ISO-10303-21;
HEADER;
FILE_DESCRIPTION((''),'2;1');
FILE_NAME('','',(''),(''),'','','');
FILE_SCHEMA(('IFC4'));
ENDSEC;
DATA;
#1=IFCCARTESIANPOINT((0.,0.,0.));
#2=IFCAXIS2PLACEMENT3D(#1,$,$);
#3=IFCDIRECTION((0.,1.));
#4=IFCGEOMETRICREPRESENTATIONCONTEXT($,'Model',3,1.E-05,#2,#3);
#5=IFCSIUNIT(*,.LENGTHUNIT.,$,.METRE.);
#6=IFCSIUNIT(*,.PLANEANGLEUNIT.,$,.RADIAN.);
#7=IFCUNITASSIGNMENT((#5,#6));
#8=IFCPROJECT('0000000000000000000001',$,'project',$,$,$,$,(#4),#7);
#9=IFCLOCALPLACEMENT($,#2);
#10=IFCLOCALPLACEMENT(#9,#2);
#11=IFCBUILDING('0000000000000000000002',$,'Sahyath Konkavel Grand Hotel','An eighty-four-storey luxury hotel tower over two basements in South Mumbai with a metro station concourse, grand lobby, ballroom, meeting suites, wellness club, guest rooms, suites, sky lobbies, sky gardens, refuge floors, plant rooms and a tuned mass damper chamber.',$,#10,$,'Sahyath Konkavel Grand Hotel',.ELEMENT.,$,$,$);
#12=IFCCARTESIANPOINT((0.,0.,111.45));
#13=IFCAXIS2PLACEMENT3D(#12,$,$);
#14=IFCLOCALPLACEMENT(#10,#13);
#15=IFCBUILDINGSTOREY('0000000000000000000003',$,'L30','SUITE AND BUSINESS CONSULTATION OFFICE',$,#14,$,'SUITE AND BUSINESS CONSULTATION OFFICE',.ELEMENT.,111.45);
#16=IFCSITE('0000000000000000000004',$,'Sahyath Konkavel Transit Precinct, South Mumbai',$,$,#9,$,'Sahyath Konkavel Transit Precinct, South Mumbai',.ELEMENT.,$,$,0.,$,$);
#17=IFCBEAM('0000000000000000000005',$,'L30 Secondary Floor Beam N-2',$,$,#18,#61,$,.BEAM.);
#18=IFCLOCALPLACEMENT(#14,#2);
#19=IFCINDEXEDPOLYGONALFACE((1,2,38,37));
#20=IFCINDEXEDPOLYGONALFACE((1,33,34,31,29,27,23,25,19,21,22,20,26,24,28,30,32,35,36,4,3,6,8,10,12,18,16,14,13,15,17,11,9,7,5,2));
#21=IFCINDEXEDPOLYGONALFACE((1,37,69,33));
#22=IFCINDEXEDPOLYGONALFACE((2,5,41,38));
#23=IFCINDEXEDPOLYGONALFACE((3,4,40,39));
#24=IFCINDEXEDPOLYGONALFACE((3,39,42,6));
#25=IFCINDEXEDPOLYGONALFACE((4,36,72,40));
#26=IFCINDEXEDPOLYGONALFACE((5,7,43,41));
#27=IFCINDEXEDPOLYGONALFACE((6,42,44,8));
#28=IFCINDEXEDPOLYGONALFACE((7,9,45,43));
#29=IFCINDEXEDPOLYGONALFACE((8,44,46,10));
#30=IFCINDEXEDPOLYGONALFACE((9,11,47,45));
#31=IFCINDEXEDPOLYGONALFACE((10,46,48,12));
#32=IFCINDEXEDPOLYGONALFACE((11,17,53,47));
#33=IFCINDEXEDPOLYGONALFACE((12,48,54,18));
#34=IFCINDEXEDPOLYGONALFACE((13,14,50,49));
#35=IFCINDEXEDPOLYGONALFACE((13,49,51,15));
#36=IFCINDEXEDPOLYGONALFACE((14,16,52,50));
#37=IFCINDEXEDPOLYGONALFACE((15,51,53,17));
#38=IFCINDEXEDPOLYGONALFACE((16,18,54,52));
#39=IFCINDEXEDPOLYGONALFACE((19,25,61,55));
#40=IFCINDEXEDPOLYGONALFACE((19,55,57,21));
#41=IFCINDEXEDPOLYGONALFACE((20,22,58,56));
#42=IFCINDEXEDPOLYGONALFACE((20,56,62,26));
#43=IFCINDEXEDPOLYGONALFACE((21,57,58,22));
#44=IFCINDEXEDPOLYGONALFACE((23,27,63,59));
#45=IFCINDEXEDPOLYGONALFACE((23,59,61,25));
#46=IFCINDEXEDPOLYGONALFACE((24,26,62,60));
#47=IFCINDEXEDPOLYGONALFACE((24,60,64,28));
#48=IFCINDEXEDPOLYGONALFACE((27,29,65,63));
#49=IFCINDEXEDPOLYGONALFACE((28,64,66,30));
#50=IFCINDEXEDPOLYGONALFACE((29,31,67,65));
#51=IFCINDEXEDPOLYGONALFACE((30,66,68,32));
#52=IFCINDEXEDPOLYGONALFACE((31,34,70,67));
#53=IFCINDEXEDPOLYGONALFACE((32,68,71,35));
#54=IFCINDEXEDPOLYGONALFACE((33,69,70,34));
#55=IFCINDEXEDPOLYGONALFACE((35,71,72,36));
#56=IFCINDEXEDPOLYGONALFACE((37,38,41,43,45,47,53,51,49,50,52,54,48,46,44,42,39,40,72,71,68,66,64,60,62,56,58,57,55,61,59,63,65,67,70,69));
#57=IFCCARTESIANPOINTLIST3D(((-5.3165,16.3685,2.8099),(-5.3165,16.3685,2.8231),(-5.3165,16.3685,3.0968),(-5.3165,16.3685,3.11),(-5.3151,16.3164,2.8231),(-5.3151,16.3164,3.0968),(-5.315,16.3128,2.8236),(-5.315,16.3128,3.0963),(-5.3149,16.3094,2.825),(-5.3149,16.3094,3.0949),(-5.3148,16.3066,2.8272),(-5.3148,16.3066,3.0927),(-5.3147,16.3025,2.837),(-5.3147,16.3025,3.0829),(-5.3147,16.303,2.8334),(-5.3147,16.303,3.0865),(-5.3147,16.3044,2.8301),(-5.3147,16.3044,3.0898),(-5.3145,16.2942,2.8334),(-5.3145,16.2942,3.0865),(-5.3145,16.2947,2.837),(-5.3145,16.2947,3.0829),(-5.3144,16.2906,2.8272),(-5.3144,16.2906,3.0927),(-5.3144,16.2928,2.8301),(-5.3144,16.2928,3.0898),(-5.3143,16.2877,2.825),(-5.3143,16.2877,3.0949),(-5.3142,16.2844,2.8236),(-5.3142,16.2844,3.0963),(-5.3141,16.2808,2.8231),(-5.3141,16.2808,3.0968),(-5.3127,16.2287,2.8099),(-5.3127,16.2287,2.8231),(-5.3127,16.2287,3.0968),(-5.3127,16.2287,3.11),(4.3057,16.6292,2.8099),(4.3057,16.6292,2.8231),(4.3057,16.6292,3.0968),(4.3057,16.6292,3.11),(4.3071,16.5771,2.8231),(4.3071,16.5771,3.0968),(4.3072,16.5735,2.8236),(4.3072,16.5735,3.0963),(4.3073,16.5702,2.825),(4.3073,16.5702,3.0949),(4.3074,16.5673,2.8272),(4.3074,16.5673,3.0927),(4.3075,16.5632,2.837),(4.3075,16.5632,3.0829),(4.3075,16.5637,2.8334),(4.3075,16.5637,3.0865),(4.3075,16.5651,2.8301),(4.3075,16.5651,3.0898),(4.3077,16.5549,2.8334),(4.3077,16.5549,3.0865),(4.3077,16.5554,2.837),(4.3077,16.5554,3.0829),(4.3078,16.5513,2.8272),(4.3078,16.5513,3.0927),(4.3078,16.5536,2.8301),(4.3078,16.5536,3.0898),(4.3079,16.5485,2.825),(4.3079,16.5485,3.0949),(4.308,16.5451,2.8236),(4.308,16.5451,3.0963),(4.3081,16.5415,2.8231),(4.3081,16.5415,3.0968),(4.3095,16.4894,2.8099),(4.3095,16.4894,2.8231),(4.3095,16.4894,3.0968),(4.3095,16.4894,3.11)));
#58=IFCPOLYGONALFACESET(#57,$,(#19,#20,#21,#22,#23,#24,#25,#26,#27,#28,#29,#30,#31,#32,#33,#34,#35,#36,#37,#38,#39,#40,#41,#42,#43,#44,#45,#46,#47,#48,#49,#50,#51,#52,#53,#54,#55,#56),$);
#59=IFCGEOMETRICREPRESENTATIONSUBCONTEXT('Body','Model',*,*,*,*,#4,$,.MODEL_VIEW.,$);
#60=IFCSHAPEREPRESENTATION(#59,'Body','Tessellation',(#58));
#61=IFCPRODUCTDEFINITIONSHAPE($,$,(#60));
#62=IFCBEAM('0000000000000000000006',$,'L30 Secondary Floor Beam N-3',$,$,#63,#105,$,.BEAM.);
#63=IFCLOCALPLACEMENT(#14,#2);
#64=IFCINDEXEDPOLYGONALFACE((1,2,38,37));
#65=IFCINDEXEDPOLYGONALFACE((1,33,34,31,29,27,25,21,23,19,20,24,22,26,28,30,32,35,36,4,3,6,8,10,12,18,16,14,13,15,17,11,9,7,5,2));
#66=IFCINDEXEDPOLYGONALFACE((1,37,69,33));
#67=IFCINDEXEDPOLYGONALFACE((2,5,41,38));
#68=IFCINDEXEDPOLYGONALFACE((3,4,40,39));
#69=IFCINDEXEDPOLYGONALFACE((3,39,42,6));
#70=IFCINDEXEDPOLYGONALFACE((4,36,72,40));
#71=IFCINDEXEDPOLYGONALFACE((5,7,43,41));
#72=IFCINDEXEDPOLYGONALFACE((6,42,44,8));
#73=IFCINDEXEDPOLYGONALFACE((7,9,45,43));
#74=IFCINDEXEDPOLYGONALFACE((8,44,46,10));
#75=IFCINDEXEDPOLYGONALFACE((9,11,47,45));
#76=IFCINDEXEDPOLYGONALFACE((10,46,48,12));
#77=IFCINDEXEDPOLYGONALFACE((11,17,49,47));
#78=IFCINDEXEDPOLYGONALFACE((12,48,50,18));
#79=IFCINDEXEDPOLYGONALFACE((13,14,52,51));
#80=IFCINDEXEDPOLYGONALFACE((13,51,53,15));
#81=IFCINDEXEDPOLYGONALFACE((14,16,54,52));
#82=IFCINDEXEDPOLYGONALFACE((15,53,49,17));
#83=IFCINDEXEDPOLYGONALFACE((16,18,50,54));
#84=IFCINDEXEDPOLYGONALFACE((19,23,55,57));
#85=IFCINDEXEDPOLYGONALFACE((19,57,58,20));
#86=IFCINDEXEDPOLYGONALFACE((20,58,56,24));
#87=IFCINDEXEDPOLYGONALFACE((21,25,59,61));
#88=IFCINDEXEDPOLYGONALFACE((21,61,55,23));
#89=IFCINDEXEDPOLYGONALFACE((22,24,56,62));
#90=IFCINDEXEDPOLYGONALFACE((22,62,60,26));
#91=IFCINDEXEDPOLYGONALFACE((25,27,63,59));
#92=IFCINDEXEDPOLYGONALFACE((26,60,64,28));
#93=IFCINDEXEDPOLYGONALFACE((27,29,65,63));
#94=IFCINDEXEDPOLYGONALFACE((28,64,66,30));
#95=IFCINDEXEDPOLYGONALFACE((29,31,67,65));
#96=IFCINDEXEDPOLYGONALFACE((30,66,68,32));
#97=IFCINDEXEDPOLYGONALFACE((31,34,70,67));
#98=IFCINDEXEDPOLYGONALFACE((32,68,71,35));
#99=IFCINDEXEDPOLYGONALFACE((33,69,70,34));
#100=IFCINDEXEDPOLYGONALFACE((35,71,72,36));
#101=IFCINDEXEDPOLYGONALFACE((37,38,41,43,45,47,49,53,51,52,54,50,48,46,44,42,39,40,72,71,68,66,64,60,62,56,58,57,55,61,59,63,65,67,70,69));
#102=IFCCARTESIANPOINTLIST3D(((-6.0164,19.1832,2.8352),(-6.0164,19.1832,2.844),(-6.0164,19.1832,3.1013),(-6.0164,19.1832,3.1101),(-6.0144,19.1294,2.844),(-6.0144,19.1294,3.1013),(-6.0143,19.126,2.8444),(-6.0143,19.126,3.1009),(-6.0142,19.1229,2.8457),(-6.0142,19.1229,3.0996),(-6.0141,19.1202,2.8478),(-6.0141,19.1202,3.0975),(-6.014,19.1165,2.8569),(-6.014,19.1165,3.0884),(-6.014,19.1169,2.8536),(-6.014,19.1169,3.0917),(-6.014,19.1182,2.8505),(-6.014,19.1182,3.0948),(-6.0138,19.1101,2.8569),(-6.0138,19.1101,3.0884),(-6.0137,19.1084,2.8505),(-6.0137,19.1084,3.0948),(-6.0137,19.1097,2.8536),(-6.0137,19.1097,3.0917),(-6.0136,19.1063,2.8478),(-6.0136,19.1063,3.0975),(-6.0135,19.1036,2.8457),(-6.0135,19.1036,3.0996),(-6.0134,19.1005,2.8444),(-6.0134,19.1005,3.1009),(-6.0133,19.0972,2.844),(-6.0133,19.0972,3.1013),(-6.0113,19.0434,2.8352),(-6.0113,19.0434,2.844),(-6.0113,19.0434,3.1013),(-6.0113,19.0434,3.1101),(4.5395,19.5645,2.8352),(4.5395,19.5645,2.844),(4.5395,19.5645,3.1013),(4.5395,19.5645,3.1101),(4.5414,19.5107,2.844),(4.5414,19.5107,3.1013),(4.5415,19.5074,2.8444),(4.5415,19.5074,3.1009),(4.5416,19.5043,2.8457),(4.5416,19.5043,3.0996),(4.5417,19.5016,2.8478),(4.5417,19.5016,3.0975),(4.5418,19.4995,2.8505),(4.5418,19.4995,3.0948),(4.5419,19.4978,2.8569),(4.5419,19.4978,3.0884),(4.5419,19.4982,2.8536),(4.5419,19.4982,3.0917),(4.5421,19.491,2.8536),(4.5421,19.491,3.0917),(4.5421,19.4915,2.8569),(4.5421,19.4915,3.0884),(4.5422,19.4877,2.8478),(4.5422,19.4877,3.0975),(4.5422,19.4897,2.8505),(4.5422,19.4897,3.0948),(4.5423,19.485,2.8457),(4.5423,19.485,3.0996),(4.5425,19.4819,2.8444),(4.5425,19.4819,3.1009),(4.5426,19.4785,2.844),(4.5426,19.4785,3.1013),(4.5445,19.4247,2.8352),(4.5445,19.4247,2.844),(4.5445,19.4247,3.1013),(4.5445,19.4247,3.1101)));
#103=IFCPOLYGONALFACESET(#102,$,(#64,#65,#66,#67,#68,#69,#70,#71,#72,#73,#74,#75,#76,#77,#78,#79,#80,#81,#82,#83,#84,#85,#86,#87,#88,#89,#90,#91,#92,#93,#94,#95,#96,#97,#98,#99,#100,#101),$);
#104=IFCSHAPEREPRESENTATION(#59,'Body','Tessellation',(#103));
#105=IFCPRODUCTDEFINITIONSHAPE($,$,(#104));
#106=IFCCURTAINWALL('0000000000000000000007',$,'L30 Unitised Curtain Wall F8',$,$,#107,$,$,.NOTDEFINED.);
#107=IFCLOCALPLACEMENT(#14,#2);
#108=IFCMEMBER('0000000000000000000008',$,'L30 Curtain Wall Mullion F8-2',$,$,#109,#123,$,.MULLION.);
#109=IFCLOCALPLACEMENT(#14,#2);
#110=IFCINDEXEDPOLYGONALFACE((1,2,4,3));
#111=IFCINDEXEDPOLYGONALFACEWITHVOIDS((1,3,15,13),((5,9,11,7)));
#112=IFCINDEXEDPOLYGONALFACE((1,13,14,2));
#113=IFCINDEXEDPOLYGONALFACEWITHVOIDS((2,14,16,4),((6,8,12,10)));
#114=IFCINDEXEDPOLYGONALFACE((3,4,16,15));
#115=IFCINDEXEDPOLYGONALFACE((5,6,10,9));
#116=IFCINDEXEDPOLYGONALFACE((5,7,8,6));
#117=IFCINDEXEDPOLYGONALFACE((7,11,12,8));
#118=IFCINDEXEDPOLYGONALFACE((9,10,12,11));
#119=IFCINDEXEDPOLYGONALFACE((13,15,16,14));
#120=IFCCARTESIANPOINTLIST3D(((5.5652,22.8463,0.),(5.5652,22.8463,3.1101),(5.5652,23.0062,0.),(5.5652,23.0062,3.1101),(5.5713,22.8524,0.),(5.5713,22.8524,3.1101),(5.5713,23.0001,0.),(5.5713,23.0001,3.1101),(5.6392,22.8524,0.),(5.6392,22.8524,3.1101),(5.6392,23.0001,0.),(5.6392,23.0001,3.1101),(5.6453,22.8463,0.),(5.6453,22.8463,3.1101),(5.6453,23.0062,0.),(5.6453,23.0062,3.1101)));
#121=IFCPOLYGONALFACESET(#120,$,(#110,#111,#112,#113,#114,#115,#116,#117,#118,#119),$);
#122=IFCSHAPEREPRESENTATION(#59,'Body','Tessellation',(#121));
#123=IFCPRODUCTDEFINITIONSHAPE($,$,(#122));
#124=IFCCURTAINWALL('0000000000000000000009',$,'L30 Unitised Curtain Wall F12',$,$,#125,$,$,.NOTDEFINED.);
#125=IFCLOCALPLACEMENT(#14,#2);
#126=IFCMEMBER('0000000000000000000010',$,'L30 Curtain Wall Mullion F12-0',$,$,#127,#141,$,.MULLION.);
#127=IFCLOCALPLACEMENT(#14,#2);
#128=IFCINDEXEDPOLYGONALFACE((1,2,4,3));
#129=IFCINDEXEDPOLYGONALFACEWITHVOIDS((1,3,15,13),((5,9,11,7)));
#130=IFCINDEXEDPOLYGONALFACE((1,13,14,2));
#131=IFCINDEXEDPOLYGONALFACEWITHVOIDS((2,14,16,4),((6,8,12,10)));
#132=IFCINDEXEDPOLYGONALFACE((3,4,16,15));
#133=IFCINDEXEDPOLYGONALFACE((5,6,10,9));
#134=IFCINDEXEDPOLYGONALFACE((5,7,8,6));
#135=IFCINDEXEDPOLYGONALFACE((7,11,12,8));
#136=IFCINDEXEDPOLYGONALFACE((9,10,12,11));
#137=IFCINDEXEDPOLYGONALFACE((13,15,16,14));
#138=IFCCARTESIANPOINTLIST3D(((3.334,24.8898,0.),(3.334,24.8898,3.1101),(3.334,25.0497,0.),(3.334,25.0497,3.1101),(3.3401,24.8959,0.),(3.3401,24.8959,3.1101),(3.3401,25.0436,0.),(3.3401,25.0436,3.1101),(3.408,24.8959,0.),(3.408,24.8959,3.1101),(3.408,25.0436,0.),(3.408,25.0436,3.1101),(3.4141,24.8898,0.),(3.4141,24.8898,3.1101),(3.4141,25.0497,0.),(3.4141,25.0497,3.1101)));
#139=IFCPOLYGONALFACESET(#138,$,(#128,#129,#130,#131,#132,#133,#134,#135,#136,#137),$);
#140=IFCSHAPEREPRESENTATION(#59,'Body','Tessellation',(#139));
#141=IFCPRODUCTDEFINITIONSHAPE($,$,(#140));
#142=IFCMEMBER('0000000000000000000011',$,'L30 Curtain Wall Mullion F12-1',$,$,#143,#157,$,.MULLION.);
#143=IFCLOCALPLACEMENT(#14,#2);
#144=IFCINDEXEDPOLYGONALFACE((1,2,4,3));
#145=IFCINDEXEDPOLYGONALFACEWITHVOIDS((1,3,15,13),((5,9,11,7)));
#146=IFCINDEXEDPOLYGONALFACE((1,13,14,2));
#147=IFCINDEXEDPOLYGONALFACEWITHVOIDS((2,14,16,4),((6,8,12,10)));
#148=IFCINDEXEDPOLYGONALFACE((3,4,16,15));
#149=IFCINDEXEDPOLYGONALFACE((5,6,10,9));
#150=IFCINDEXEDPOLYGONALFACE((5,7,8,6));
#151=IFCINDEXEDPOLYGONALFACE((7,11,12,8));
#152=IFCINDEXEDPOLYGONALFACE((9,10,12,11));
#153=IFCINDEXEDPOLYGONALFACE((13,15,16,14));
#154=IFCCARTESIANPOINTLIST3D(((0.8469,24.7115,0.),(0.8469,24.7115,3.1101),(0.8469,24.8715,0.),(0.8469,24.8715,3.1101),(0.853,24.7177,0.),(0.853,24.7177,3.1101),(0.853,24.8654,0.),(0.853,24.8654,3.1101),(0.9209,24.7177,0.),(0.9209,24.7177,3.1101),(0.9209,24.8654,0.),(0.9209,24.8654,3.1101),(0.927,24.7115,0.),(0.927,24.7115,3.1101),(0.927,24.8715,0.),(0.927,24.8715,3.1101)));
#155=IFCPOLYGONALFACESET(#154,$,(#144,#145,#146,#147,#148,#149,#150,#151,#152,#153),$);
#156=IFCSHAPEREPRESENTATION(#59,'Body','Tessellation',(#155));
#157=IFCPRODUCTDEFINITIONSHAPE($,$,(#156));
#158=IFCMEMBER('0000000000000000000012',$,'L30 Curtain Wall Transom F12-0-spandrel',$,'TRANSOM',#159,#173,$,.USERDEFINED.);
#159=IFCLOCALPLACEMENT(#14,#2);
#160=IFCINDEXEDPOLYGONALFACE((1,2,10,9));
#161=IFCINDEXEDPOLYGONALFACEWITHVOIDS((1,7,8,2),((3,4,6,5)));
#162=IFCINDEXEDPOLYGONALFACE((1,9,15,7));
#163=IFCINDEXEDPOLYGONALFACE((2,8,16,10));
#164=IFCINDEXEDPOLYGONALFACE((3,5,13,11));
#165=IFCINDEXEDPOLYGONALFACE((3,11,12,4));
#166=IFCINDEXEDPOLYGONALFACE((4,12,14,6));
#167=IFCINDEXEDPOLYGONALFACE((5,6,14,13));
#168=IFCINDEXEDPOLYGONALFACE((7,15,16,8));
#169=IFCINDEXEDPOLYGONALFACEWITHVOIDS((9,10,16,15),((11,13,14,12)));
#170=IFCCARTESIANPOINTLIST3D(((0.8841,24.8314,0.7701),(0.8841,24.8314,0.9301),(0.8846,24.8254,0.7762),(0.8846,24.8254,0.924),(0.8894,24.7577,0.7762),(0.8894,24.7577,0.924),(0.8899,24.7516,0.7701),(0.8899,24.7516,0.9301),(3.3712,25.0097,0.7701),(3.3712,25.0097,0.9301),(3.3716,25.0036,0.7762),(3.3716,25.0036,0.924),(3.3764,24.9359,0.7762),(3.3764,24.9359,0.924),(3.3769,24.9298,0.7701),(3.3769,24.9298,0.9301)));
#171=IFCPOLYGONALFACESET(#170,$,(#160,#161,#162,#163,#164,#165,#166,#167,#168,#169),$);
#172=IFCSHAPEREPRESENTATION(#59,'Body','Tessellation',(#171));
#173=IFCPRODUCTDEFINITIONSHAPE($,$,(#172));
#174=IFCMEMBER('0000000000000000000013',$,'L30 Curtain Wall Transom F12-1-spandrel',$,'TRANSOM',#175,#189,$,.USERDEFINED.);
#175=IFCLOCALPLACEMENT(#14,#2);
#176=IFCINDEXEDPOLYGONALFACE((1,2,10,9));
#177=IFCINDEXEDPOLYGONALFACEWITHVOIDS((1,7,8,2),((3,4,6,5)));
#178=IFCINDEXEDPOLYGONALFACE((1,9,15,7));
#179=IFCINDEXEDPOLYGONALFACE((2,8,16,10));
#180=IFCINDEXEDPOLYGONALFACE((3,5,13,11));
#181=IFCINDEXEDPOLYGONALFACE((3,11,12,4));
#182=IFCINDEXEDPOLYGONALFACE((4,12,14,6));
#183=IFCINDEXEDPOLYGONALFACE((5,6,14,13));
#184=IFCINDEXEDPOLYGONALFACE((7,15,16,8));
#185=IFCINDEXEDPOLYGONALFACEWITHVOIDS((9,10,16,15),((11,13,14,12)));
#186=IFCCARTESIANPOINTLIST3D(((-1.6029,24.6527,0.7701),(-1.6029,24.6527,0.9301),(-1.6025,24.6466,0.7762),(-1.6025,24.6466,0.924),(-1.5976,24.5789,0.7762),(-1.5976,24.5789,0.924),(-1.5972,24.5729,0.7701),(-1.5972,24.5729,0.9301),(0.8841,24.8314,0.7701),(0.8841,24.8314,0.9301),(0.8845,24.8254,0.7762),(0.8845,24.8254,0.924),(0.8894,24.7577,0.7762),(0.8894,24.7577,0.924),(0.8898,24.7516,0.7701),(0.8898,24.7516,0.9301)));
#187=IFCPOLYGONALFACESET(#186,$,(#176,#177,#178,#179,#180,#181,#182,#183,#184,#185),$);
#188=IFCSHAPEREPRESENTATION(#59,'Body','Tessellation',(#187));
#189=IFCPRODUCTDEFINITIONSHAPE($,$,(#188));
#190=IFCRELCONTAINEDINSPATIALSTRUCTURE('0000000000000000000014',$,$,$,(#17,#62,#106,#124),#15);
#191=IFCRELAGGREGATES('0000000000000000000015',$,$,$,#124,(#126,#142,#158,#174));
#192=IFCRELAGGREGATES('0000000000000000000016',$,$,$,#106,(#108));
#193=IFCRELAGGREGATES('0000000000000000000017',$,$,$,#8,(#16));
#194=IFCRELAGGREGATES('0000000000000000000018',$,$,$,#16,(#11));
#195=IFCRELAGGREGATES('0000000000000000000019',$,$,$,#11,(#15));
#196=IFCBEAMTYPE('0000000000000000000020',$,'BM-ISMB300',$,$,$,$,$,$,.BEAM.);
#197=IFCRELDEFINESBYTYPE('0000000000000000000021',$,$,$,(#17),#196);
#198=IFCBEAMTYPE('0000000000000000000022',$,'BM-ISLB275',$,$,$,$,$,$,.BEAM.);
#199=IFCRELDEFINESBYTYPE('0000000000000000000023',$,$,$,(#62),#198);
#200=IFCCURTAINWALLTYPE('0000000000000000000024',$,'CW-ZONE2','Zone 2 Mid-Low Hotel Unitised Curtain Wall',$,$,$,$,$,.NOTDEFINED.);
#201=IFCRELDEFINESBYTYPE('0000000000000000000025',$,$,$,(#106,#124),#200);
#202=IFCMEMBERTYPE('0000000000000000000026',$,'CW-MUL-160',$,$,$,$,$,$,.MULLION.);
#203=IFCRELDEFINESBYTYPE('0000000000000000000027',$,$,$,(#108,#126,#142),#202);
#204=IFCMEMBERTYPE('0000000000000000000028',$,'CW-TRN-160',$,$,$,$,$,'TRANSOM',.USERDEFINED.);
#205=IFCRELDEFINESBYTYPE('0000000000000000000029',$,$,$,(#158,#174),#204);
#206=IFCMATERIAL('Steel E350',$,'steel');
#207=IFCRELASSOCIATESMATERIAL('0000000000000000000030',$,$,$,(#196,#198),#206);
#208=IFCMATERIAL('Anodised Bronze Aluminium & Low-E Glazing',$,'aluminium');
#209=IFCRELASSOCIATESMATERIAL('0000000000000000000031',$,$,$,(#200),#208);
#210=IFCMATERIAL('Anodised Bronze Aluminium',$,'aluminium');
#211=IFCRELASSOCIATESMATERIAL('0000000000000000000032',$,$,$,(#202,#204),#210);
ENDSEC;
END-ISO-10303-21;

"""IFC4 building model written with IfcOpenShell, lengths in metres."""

from ifc_helpers import new_model, si_unit, direction, frame, origin, origin_2d, place, context, subcontext, project, spatial, hollow_rectangle, i_section, extrude, source, transform, mapped, material, material_profile, profile_set, type_object, element, aggregate, save


model = new_model("IFC4")

# Units and contexts
model_context = context("Model", 3, precision=1e-05, world=origin(), true_north=direction((0.0, 1.0)))
body_context = subcontext(model_context, "Body", "Model", "MODEL_VIEW")
ifc_project = project(units=[si_unit("LENGTHUNIT", "METRE"), si_unit("PLANEANGLEUNIT", "RADIAN")], contexts=[model_context])

# Site, building, storey
site_placement = place(None, origin())
site = spatial("IfcSite", under=ifc_project, at=site_placement, Name="Sahyath Konkavel Transit Precinct, South Mumbai", LongName="Sahyath Konkavel Transit Precinct, South Mumbai", CompositionType="ELEMENT", RefElevation=0.0)
building_placement = place(site_placement, origin())
building = spatial("IfcBuilding", under=site, at=building_placement, Name="Sahyath Konkavel Grand Hotel", Description="An eighty-four-storey luxury hotel tower over two basements in South Mumbai with a metro station concourse, grand lobby, ballroom, meeting suites, wellness club, guest rooms, suites, sky lobbies, sky gardens, refuge floors, plant rooms and a tuned mass damper chamber.", LongName="Sahyath Konkavel Grand Hotel", CompositionType="ELEMENT")
storey_placement = place(building_placement, frame((0.0, 0.0, 111.45)))
storey = spatial("IfcBuildingStorey", under=building, at=storey_placement, Name="L30", Description="SUITE AND BUSINESS CONSULTATION OFFICE", LongName="SUITE AND BUSINESS CONSULTATION OFFICE", CompositionType="ELEMENT", Elevation=111.45)

# Beams
ifc_material_1 = material(Name="Steel E350", Category="steel")
ifc_material_profile_1 = material_profile(ifc_material_1, i_section(OverallWidth=0.1399, OverallDepth=0.3, WebThickness=0.0078, FlangeThickness=0.0132, FilletRadius=0.0139, at=origin_2d()), Name="ISMB 300")
ifc_profile_set_1 = profile_set([ifc_material_profile_1], Name="Steel E350")
beam_type_1 = type_object("IfcBeamType", Name="BM-ISMB300", PredefinedType="BEAM", material=ifc_profile_set_1)
shared_shape_1 = source(origin(), body_context, "Body", "SweptSolid", [
    extrude(i_section(OverallWidth=0.1399, OverallDepth=0.3, WebThickness=0.0078, FlangeThickness=0.0132, FilletRadius=0.0139, at=origin_2d()), origin(), (0.0, 0.0, 1.0), 9.6257),
])
beam_1_placement = place(storey_placement, frame((4.3076, 16.5593, 2.96), z_axis=(-0.999633, -0.027088, 0.0), x_axis=(0.027088, -0.999633, 0.0)))
element("IfcBeam", 1, at=beam_1_placement, inside=storey, type_object=beam_type_1, Name="L30 Secondary Floor Beam N-2", PredefinedType="BEAM", context=body_context, shape_type="MappedRepresentation", body=[
    mapped(shared_shape_1, transform((0.0, 0.0, 0.0), scale=1.0)),
])
ifc_material_profile_2 = material_profile(ifc_material_1, i_section(OverallWidth=0.1399, OverallDepth=0.2749, WebThickness=0.0063, FlangeThickness=0.0088, FilletRadius=0.0129, at=origin_2d()), Name="ISLB 275")
ifc_profile_set_2 = profile_set([ifc_material_profile_2], Name="Steel E350")
beam_type_2 = type_object("IfcBeamType", Name="BM-ISLB275", PredefinedType="BEAM", material=ifc_profile_set_2)
shared_shape_2 = source(origin(), body_context, "Body", "SweptSolid", [
    extrude(i_section(OverallWidth=0.1399, OverallDepth=0.2749, WebThickness=0.0063, FlangeThickness=0.0088, FilletRadius=0.0129, at=origin_2d()), origin(), (0.0, 0.0, 1.0), 10.5627),
])
beam_2_placement = place(storey_placement, frame((4.542, 19.4946, 2.9727), z_axis=(-0.999348, -0.036103, 0.0), x_axis=(0.036103, -0.999348, 0.0)))
element("IfcBeam", 2, at=beam_2_placement, inside=storey, type_object=beam_type_2, Name="L30 Secondary Floor Beam N-3", PredefinedType="BEAM", context=body_context, shape_type="MappedRepresentation", body=[
    mapped(shared_shape_2, transform((0.0, 0.0, 0.0), scale=1.0)),
])

# Curtain wall, member
ifc_material_2 = material(Name="Anodised Bronze Aluminium & Low-E Glazing", Category="aluminium")
curtain_wall_type = type_object("IfcCurtainWallType", Name="CW-ZONE2", Description="Zone 2 Mid-Low Hotel Unitised Curtain Wall", PredefinedType="NOTDEFINED", material=ifc_material_2)
curtain_wall_1_placement = place(storey_placement, origin())
curtain_wall_1 = element("IfcCurtainWall", 3, at=curtain_wall_1_placement, inside=storey, type_object=curtain_wall_type, Name="L30 Unitised Curtain Wall F8", PredefinedType="NOTDEFINED")
ifc_material_3 = material(Name="Anodised Bronze Aluminium", Category="aluminium")
ifc_material_profile_3 = material_profile(ifc_material_3, hollow_rectangle(XDim=0.0801, YDim=0.1599, WallThickness=0.0061, at=origin_2d()), Name="RHS 160x80x6")
ifc_profile_set_3 = profile_set([ifc_material_profile_3], Name="Anodised Bronze Aluminium")
member_type_1 = type_object("IfcMemberType", Name="CW-MUL-160", PredefinedType="MULLION", material=ifc_profile_set_3)
shared_shape_3 = source(origin(), body_context, "Body", "SweptSolid", [
    extrude(hollow_rectangle(XDim=0.0801, YDim=0.1599, WallThickness=0.0061, at=origin_2d()), origin(), (0.0, 0.0, 1.0), 3.1101),
])
member_1_placement = place(storey_placement, frame((5.6052, 22.9263, 0.0), z_axis=(0.0, 0.0, 1.0), x_axis=(1.0, 0.0, 0.0)))
member_1 = element("IfcMember", 4, at=member_1_placement, type_object=member_type_1, Name="L30 Curtain Wall Mullion F8-2", PredefinedType="MULLION", context=body_context, shape_type="MappedRepresentation", body=[
    mapped(shared_shape_3, transform((0.0, 0.0, 0.0), scale=1.0)),
])

# Curtain wall, members
curtain_wall_2_placement = place(storey_placement, origin())
curtain_wall_2 = element("IfcCurtainWall", 5, at=curtain_wall_2_placement, inside=storey, type_object=curtain_wall_type, Name="L30 Unitised Curtain Wall F12", PredefinedType="NOTDEFINED")
member_2_placement = place(storey_placement, frame((3.374, 24.9697, 0.0), z_axis=(0.0, 0.0, 1.0), x_axis=(1.0, 0.0, 0.0)))
member_2 = element("IfcMember", 6, at=member_2_placement, type_object=member_type_1, Name="L30 Curtain Wall Mullion F12-0", PredefinedType="MULLION", context=body_context, shape_type="MappedRepresentation", body=[
    mapped(shared_shape_3, transform((0.0, 0.0, 0.0), scale=1.0)),
])
member_3_placement = place(storey_placement, frame((0.887, 24.7915, 0.0), z_axis=(0.0, 0.0, 1.0), x_axis=(1.0, 0.0, 0.0)))
member_3 = element("IfcMember", 7, at=member_3_placement, type_object=member_type_1, Name="L30 Curtain Wall Mullion F12-1", PredefinedType="MULLION", context=body_context, shape_type="MappedRepresentation", body=[
    mapped(shared_shape_3, transform((0.0, 0.0, 0.0), scale=1.0)),
])
ifc_material_profile_4 = material_profile(ifc_material_3, hollow_rectangle(XDim=0.0801, YDim=0.1599, WallThickness=0.0061, at=origin_2d()), Name="RHS 160x80x6")
ifc_profile_set_4 = profile_set([ifc_material_profile_4], Name="Anodised Bronze Aluminium")
member_type_2 = type_object("IfcMemberType", Name="CW-TRN-160", ElementType="TRANSOM", PredefinedType="USERDEFINED", material=ifc_profile_set_4)
shared_shape_4 = source(origin(), body_context, "Body", "SweptSolid", [
    extrude(hollow_rectangle(XDim=0.0801, YDim=0.1599, WallThickness=0.0061, at=origin_2d()), origin(), (0.0, 0.0, 1.0), 2.4934),
])
member_4_placement = place(storey_placement, frame((3.374, 24.9697, 0.8501), z_axis=(-0.997442, -0.071477, 0.0), x_axis=(0.071477, -0.997442, 0.0)))
member_4 = element("IfcMember", 8, at=member_4_placement, type_object=member_type_2, Name="L30 Curtain Wall Transom F12-0-spandrel", ObjectType="TRANSOM", PredefinedType="USERDEFINED", context=body_context, shape_type="MappedRepresentation", body=[
    mapped(shared_shape_4, transform((0.0, 0.0, 0.0), scale=1.0)),
])
member_5_placement = place(storey_placement, frame((0.887, 24.7915, 0.8501), z_axis=(-0.997428, -0.071671, 0.0), x_axis=(0.071671, -0.997428, 0.0)))
member_5 = element("IfcMember", 9, at=member_5_placement, type_object=member_type_2, Name="L30 Curtain Wall Transom F12-1-spandrel", ObjectType="TRANSOM", PredefinedType="USERDEFINED", context=body_context, shape_type="MappedRepresentation", body=[
    mapped(shared_shape_4, transform((0.0, 0.0, 0.0), scale=1.0)),
])

aggregate(curtain_wall_2, [member_2, member_3, member_4, member_5])
aggregate(curtain_wall_1, [member_1])

save(model, "model.ifc")
